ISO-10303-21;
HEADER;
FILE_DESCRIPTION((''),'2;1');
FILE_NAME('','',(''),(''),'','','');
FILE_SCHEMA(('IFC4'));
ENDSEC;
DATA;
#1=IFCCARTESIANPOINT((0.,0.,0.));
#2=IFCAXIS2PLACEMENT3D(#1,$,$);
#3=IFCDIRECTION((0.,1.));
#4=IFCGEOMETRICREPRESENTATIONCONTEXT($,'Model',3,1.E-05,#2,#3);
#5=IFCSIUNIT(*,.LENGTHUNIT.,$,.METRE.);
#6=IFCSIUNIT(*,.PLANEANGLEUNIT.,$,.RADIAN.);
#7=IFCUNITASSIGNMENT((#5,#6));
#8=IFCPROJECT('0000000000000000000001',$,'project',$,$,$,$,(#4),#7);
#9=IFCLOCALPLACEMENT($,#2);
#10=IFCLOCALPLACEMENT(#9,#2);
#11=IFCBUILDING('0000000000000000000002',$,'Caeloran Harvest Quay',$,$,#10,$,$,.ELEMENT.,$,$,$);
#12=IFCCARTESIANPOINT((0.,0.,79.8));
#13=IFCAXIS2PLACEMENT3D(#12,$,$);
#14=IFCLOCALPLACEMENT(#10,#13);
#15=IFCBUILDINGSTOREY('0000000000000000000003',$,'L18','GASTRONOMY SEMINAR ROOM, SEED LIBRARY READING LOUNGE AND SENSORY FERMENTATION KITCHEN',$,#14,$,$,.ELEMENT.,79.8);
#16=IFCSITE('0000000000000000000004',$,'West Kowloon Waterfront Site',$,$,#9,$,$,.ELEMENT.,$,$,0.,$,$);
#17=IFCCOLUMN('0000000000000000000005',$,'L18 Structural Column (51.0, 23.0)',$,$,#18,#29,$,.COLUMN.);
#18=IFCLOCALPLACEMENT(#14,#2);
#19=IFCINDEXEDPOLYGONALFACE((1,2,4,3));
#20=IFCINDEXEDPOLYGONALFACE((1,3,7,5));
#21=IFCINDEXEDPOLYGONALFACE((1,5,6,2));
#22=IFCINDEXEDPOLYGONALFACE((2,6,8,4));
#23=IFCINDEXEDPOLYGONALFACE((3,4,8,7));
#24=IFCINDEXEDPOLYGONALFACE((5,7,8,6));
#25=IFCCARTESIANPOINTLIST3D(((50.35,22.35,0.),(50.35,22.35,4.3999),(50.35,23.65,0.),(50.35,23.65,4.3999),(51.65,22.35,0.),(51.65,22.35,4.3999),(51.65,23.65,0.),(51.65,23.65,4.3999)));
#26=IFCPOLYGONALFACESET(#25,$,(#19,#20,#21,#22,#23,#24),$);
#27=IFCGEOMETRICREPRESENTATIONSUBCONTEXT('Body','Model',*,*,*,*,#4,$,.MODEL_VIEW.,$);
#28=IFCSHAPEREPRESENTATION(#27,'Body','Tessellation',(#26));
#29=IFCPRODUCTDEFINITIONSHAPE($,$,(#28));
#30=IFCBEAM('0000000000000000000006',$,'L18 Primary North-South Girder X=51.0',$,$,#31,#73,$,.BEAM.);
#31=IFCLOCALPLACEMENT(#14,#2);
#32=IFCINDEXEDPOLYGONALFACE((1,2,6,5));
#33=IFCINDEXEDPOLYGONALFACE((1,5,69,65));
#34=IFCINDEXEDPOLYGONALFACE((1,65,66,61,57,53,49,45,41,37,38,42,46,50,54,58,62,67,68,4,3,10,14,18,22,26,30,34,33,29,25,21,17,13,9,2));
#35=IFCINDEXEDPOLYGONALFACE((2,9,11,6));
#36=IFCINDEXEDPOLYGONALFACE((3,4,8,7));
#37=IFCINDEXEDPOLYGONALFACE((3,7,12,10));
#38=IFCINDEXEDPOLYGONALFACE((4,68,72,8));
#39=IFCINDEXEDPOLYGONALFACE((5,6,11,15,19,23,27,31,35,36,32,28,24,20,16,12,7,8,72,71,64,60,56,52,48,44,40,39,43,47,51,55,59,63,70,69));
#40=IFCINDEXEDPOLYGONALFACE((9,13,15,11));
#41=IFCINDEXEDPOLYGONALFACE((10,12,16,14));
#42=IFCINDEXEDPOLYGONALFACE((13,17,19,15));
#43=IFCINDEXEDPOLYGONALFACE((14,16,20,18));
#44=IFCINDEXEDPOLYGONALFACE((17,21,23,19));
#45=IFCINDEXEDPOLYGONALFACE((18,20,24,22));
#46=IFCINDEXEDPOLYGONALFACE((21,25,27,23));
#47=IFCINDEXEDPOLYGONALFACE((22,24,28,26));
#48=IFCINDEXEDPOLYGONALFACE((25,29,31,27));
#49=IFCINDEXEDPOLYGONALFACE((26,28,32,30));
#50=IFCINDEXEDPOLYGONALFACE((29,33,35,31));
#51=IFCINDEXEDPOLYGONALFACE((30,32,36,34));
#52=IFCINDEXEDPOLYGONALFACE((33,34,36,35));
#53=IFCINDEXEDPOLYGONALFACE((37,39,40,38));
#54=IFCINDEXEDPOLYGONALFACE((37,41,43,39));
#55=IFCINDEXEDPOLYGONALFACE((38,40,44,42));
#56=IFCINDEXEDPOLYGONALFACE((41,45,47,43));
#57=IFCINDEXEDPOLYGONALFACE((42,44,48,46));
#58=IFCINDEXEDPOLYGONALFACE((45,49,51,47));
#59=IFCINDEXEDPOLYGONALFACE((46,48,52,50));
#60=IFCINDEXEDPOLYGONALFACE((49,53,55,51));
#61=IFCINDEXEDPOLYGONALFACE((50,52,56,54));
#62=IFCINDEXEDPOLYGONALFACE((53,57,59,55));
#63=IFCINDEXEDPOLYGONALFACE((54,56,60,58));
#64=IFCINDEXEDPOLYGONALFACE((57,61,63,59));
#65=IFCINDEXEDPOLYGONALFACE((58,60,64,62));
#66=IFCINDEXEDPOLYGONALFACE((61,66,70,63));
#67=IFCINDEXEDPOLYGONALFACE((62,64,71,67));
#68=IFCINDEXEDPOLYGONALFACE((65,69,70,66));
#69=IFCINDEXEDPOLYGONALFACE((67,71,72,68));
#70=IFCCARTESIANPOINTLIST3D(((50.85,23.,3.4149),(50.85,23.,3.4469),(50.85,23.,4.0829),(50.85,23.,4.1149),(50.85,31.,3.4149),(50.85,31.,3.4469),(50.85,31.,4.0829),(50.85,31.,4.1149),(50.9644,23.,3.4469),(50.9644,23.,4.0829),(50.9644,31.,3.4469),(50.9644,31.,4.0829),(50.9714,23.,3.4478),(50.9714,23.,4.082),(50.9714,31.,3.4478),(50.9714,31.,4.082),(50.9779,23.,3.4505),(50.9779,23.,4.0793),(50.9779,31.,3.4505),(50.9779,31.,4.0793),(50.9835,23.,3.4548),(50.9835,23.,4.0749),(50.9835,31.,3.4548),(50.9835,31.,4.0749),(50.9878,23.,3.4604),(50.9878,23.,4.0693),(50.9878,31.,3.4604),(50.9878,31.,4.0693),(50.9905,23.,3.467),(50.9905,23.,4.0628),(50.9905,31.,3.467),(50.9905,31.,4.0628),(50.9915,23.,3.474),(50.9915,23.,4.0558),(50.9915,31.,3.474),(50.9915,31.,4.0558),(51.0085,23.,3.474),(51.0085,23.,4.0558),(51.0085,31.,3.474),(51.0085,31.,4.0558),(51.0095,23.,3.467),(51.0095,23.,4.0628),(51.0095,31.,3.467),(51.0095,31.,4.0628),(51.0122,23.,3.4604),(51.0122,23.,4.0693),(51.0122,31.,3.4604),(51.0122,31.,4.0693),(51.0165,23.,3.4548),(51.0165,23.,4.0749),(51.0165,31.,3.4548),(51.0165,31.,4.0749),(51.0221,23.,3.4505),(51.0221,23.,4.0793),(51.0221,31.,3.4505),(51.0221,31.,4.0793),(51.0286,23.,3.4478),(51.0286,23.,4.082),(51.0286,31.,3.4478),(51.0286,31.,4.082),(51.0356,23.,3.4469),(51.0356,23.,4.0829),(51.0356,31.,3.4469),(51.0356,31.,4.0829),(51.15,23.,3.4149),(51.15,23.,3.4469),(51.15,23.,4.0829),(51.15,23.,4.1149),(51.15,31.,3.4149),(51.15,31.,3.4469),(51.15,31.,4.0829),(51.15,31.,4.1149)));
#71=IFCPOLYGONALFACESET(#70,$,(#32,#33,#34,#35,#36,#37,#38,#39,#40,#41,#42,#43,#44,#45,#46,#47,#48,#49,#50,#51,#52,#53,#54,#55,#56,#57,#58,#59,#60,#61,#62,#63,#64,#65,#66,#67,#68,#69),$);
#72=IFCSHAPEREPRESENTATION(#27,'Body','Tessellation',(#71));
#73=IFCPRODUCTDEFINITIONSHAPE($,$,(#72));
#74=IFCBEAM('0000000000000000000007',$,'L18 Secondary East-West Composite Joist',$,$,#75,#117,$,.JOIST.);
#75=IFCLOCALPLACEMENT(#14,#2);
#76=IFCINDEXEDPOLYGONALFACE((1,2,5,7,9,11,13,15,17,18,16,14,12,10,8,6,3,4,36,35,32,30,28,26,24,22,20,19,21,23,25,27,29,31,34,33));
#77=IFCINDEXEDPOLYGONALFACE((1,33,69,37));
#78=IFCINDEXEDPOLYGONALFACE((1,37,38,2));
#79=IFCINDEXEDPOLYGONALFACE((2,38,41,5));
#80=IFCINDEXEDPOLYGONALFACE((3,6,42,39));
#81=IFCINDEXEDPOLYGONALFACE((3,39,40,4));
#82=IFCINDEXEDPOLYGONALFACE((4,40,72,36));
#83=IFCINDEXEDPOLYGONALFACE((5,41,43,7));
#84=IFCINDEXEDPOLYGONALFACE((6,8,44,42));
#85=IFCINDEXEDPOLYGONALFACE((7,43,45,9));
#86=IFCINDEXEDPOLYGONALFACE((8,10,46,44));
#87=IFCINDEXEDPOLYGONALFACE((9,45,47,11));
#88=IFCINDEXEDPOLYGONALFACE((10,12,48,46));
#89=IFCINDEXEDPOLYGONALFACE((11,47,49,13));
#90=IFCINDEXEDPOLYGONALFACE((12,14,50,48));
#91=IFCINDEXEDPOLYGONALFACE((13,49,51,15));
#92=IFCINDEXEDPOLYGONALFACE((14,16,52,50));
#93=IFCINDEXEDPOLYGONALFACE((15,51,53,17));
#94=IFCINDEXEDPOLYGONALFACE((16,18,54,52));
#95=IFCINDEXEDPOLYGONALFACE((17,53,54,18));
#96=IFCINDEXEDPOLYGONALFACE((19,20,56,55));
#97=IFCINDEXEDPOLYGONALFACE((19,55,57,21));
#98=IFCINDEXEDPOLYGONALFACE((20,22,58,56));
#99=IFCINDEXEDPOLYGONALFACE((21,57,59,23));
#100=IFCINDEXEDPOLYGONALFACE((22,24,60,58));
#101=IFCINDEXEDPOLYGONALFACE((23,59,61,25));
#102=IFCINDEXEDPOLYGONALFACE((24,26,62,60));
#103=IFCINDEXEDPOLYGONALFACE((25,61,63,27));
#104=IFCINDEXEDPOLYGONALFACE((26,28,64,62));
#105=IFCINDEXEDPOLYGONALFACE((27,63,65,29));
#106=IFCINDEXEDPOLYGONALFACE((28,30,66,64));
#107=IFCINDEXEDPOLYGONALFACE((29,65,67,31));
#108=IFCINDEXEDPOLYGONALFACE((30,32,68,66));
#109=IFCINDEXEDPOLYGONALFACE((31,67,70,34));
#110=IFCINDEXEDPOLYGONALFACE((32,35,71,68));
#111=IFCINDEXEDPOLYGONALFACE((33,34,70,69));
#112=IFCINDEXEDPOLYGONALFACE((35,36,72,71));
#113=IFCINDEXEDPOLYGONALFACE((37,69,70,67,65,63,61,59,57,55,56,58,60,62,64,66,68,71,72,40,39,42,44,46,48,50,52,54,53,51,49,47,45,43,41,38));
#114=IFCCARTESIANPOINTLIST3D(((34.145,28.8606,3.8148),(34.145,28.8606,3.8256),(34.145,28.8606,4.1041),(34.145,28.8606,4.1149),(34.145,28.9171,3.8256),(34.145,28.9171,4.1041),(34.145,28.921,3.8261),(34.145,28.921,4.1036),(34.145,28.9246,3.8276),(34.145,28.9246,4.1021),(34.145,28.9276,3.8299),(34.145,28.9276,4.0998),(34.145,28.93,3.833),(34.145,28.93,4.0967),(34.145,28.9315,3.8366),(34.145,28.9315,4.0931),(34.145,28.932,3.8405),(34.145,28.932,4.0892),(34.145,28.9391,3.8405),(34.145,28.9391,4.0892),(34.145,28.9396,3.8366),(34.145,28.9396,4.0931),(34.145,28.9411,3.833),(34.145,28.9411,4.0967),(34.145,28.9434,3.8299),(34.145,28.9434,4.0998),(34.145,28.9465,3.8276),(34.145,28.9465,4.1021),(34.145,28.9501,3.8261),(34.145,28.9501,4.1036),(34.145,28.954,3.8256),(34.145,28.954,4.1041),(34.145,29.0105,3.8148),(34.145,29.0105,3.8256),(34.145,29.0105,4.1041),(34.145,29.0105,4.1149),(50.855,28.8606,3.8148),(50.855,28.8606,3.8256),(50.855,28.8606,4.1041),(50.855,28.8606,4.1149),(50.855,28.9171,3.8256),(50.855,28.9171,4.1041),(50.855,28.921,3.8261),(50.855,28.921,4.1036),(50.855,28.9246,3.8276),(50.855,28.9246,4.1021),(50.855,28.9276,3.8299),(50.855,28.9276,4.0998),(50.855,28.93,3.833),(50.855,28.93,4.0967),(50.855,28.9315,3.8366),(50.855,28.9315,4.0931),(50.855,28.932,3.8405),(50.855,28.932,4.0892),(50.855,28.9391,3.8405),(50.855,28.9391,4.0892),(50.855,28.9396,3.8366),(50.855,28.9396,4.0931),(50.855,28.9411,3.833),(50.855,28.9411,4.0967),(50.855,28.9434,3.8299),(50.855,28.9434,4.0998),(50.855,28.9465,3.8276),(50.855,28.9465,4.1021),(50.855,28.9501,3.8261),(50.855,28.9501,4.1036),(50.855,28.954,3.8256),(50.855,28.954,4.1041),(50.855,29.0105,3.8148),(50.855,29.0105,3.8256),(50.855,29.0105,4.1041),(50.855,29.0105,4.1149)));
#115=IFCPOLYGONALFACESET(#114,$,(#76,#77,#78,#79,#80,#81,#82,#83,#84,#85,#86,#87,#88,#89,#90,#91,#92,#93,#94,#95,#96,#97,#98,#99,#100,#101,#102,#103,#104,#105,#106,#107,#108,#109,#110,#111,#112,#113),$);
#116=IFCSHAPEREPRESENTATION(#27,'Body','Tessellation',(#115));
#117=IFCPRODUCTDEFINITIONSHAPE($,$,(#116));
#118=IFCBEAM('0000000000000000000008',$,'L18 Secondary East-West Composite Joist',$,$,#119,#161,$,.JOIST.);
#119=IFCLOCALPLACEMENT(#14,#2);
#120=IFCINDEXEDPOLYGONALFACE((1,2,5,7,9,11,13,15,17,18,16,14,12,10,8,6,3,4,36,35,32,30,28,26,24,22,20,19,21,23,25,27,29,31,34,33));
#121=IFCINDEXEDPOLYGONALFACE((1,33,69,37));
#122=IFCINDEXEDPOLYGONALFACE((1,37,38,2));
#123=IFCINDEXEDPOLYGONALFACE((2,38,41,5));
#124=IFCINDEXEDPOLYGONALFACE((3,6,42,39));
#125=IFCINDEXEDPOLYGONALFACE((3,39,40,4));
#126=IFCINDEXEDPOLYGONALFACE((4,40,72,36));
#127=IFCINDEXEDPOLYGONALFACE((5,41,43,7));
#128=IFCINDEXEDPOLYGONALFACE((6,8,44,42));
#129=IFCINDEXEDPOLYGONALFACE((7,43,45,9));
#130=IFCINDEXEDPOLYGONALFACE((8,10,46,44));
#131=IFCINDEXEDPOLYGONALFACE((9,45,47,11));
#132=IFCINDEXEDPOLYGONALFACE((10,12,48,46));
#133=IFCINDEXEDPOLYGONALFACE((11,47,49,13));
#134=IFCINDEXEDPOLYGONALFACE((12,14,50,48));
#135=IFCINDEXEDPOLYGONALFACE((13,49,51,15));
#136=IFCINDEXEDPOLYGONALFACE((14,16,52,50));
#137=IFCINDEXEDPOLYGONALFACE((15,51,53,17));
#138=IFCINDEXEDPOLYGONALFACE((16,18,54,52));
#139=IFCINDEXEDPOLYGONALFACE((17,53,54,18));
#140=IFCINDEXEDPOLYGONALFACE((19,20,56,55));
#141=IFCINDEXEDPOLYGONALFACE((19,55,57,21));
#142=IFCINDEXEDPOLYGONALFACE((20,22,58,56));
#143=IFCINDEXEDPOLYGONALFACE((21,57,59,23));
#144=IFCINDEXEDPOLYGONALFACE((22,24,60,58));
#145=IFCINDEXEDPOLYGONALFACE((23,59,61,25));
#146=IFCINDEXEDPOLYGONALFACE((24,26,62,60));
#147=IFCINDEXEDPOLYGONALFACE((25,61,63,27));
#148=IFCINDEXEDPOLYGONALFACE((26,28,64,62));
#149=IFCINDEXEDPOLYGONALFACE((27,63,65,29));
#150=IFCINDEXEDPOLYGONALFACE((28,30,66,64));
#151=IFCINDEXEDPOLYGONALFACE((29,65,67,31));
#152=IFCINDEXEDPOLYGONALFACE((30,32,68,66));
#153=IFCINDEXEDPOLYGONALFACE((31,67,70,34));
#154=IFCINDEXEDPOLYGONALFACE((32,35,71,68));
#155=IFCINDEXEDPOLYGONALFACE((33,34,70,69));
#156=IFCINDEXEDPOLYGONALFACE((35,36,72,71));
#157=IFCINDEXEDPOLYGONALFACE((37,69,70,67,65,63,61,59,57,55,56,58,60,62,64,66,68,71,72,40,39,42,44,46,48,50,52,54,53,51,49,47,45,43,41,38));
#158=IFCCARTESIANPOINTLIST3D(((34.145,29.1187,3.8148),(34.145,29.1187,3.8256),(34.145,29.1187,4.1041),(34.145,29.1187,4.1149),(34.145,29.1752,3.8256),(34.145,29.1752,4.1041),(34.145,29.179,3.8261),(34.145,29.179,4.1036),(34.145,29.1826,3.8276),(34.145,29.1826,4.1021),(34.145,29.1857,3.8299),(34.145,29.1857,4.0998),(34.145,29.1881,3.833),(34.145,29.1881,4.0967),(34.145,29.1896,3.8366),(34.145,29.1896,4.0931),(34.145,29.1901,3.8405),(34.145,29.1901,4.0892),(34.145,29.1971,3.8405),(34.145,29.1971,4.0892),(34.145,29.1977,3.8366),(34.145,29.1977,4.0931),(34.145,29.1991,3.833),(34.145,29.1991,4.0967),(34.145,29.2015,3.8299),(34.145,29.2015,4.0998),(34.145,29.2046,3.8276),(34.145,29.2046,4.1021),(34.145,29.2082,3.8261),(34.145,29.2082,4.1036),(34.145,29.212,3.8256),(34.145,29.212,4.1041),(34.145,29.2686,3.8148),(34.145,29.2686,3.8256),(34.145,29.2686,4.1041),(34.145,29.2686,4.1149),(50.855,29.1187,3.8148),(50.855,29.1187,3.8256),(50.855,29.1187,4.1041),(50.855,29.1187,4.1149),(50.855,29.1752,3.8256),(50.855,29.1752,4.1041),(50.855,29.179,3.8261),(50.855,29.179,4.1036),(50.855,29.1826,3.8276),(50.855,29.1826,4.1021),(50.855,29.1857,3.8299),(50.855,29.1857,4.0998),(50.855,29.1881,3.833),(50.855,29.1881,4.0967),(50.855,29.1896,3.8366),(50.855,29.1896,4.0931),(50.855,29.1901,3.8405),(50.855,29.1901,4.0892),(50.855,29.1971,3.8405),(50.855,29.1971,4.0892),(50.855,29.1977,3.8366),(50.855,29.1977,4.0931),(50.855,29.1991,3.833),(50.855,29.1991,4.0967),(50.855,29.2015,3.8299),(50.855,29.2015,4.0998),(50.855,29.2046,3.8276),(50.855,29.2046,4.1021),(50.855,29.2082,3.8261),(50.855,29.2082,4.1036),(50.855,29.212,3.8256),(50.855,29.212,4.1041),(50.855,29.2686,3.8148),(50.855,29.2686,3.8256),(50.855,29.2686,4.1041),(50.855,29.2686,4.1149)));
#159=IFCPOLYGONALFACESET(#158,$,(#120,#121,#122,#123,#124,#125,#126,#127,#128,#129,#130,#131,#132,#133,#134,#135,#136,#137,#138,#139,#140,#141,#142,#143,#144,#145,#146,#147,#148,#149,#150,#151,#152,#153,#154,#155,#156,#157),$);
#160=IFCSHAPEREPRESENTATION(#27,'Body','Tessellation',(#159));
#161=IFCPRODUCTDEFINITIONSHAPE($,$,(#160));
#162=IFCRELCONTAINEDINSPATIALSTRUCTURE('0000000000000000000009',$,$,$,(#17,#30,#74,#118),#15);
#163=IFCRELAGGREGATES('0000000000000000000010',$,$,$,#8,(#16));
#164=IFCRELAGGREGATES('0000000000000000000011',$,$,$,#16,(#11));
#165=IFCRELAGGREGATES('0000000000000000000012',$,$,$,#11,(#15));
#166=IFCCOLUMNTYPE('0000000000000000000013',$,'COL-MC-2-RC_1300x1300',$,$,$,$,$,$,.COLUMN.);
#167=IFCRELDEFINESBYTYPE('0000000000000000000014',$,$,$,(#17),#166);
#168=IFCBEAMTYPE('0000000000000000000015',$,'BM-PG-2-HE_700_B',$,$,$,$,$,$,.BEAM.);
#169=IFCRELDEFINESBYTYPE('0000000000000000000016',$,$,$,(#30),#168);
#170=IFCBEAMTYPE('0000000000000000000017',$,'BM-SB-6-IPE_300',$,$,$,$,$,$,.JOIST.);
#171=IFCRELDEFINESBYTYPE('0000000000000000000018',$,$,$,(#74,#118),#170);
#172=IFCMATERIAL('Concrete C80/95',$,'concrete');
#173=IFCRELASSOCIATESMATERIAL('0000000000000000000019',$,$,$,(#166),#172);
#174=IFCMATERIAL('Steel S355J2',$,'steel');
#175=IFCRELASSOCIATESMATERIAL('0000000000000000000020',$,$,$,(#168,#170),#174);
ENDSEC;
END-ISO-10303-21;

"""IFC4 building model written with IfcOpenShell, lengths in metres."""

from ifc_helpers import new_model, si_unit, direction, frame, origin, origin_2d, place, context, subcontext, project, spatial, rectangle, i_section, extrude, material, material_profile, profile_set, type_object, element, save


model = new_model("IFC4")

# Units and contexts
model_context = context("Model", 3, precision=1e-05, world=origin(), true_north=direction((0.0, 1.0)))
body_context = subcontext(model_context, "Body", "Model", "MODEL_VIEW")
ifc_project = project(units=[si_unit("LENGTHUNIT", "METRE"), si_unit("PLANEANGLEUNIT", "RADIAN")], contexts=[model_context])

# Site, building, storey
site_placement = place(None, origin())
site = spatial("IfcSite", under=ifc_project, at=site_placement, Name="West Kowloon Waterfront Site", CompositionType="ELEMENT", RefElevation=0.0)
building_placement = place(site_placement, origin())
building = spatial("IfcBuilding", under=site, at=building_placement, Name="Caeloran Harvest Quay", CompositionType="ELEMENT")
storey_placement = place(building_placement, frame((0.0, 0.0, 79.8)))
storey = spatial("IfcBuildingStorey", under=building, at=storey_placement, Name="L18", Description="GASTRONOMY SEMINAR ROOM, SEED LIBRARY READING LOUNGE AND SENSORY FERMENTATION KITCHEN", CompositionType="ELEMENT", Elevation=79.8)

# Column
ifc_material_1 = material(Name="Concrete C80/95", Category="concrete")
ifc_material_profile_1 = material_profile(ifc_material_1, rectangle(XDim=1.3, YDim=1.3, at=origin_2d()), Name="RC 1300x1300")
ifc_profile_set_1 = profile_set([ifc_material_profile_1], Name="Concrete C80/95")
column_type = type_object("IfcColumnType", Name="COL-MC-2-RC_1300x1300", PredefinedType="COLUMN", material=ifc_profile_set_1)
column_placement = place(storey_placement, frame((51.0, 23.0, 0.0), z_axis=(0.0, 0.0, 1.0), x_axis=(1.0, 0.0, 0.0)))
element("IfcColumn", 1, at=column_placement, inside=storey, type_object=column_type, Name="L18 Structural Column (51.0, 23.0)", PredefinedType="COLUMN", context=body_context, shape_type="SweptSolid", body=[
    extrude(rectangle(XDim=1.3, YDim=1.3, at=origin_2d()), origin(), (0.0, 0.0, 1.0), 4.3999),
])

# Beams
ifc_material_2 = material(Name="Steel S355J2", Category="steel")
ifc_material_profile_2 = material_profile(ifc_material_2, i_section(OverallWidth=0.3, OverallDepth=0.7, WebThickness=0.0171, FlangeThickness=0.032, FilletRadius=0.0271, at=origin_2d()), Name="HE 700 B")
ifc_profile_set_2 = profile_set([ifc_material_profile_2], Name="Steel S355J2")
beam_type_1 = type_object("IfcBeamType", Name="BM-PG-2-HE_700_B", PredefinedType="BEAM", material=ifc_profile_set_2)
beam_placement = place(storey_placement, frame((51.0, 23.0, 3.7649), z_axis=(0.0, 1.0, 0.0), x_axis=(-1.0, 0.0, 0.0)))
element("IfcBeam", 2, at=beam_placement, inside=storey, type_object=beam_type_1, Name="L18 Primary North-South Girder X=51.0", PredefinedType="BEAM", context=body_context, shape_type="SweptSolid", body=[
    extrude(i_section(OverallWidth=0.3, OverallDepth=0.7, WebThickness=0.0171, FlangeThickness=0.032, FilletRadius=0.0271, at=origin_2d()), origin(), (0.0, 0.0, 1.0), 8.0),
])
ifc_material_profile_3 = material_profile(ifc_material_2, i_section(OverallWidth=0.1499, OverallDepth=0.3, WebThickness=0.0071, FlangeThickness=0.0107, FilletRadius=0.0149, at=origin_2d()), Name="IPE 300")
ifc_profile_set_3 = profile_set([ifc_material_profile_3], Name="Steel S355J2")
beam_type_2 = type_object("IfcBeamType", Name="BM-SB-6-IPE_300", PredefinedType="JOIST", material=ifc_profile_set_3)
for number, where, z_axis, x_axis, name in (
    (3, (34.145, 28.9355, 3.9648), (1.0, 0.0, 0.0), (0.0, 1.0, 0.0), "L18 Secondary East-West Composite Joist"),
    (4, (34.145, 29.1936, 3.9648), (1.0, 0.0, 0.0), (0.0, 1.0, 0.0), "L18 Secondary East-West Composite Joist"),
):
    element("IfcBeam", number, at=place(storey_placement, frame(where, z_axis=z_axis, x_axis=x_axis)), inside=storey, type_object=beam_type_2, Name=name, PredefinedType="JOIST", context=body_context, shape_type="SweptSolid", body=[
        extrude(i_section(OverallWidth=0.1499, OverallDepth=0.3, WebThickness=0.0071, FlangeThickness=0.0107, FilletRadius=0.0149, at=origin_2d()), origin(), (0.0, 0.0, 1.0), 16.71),
    ])

save(model, "model.ifc")
